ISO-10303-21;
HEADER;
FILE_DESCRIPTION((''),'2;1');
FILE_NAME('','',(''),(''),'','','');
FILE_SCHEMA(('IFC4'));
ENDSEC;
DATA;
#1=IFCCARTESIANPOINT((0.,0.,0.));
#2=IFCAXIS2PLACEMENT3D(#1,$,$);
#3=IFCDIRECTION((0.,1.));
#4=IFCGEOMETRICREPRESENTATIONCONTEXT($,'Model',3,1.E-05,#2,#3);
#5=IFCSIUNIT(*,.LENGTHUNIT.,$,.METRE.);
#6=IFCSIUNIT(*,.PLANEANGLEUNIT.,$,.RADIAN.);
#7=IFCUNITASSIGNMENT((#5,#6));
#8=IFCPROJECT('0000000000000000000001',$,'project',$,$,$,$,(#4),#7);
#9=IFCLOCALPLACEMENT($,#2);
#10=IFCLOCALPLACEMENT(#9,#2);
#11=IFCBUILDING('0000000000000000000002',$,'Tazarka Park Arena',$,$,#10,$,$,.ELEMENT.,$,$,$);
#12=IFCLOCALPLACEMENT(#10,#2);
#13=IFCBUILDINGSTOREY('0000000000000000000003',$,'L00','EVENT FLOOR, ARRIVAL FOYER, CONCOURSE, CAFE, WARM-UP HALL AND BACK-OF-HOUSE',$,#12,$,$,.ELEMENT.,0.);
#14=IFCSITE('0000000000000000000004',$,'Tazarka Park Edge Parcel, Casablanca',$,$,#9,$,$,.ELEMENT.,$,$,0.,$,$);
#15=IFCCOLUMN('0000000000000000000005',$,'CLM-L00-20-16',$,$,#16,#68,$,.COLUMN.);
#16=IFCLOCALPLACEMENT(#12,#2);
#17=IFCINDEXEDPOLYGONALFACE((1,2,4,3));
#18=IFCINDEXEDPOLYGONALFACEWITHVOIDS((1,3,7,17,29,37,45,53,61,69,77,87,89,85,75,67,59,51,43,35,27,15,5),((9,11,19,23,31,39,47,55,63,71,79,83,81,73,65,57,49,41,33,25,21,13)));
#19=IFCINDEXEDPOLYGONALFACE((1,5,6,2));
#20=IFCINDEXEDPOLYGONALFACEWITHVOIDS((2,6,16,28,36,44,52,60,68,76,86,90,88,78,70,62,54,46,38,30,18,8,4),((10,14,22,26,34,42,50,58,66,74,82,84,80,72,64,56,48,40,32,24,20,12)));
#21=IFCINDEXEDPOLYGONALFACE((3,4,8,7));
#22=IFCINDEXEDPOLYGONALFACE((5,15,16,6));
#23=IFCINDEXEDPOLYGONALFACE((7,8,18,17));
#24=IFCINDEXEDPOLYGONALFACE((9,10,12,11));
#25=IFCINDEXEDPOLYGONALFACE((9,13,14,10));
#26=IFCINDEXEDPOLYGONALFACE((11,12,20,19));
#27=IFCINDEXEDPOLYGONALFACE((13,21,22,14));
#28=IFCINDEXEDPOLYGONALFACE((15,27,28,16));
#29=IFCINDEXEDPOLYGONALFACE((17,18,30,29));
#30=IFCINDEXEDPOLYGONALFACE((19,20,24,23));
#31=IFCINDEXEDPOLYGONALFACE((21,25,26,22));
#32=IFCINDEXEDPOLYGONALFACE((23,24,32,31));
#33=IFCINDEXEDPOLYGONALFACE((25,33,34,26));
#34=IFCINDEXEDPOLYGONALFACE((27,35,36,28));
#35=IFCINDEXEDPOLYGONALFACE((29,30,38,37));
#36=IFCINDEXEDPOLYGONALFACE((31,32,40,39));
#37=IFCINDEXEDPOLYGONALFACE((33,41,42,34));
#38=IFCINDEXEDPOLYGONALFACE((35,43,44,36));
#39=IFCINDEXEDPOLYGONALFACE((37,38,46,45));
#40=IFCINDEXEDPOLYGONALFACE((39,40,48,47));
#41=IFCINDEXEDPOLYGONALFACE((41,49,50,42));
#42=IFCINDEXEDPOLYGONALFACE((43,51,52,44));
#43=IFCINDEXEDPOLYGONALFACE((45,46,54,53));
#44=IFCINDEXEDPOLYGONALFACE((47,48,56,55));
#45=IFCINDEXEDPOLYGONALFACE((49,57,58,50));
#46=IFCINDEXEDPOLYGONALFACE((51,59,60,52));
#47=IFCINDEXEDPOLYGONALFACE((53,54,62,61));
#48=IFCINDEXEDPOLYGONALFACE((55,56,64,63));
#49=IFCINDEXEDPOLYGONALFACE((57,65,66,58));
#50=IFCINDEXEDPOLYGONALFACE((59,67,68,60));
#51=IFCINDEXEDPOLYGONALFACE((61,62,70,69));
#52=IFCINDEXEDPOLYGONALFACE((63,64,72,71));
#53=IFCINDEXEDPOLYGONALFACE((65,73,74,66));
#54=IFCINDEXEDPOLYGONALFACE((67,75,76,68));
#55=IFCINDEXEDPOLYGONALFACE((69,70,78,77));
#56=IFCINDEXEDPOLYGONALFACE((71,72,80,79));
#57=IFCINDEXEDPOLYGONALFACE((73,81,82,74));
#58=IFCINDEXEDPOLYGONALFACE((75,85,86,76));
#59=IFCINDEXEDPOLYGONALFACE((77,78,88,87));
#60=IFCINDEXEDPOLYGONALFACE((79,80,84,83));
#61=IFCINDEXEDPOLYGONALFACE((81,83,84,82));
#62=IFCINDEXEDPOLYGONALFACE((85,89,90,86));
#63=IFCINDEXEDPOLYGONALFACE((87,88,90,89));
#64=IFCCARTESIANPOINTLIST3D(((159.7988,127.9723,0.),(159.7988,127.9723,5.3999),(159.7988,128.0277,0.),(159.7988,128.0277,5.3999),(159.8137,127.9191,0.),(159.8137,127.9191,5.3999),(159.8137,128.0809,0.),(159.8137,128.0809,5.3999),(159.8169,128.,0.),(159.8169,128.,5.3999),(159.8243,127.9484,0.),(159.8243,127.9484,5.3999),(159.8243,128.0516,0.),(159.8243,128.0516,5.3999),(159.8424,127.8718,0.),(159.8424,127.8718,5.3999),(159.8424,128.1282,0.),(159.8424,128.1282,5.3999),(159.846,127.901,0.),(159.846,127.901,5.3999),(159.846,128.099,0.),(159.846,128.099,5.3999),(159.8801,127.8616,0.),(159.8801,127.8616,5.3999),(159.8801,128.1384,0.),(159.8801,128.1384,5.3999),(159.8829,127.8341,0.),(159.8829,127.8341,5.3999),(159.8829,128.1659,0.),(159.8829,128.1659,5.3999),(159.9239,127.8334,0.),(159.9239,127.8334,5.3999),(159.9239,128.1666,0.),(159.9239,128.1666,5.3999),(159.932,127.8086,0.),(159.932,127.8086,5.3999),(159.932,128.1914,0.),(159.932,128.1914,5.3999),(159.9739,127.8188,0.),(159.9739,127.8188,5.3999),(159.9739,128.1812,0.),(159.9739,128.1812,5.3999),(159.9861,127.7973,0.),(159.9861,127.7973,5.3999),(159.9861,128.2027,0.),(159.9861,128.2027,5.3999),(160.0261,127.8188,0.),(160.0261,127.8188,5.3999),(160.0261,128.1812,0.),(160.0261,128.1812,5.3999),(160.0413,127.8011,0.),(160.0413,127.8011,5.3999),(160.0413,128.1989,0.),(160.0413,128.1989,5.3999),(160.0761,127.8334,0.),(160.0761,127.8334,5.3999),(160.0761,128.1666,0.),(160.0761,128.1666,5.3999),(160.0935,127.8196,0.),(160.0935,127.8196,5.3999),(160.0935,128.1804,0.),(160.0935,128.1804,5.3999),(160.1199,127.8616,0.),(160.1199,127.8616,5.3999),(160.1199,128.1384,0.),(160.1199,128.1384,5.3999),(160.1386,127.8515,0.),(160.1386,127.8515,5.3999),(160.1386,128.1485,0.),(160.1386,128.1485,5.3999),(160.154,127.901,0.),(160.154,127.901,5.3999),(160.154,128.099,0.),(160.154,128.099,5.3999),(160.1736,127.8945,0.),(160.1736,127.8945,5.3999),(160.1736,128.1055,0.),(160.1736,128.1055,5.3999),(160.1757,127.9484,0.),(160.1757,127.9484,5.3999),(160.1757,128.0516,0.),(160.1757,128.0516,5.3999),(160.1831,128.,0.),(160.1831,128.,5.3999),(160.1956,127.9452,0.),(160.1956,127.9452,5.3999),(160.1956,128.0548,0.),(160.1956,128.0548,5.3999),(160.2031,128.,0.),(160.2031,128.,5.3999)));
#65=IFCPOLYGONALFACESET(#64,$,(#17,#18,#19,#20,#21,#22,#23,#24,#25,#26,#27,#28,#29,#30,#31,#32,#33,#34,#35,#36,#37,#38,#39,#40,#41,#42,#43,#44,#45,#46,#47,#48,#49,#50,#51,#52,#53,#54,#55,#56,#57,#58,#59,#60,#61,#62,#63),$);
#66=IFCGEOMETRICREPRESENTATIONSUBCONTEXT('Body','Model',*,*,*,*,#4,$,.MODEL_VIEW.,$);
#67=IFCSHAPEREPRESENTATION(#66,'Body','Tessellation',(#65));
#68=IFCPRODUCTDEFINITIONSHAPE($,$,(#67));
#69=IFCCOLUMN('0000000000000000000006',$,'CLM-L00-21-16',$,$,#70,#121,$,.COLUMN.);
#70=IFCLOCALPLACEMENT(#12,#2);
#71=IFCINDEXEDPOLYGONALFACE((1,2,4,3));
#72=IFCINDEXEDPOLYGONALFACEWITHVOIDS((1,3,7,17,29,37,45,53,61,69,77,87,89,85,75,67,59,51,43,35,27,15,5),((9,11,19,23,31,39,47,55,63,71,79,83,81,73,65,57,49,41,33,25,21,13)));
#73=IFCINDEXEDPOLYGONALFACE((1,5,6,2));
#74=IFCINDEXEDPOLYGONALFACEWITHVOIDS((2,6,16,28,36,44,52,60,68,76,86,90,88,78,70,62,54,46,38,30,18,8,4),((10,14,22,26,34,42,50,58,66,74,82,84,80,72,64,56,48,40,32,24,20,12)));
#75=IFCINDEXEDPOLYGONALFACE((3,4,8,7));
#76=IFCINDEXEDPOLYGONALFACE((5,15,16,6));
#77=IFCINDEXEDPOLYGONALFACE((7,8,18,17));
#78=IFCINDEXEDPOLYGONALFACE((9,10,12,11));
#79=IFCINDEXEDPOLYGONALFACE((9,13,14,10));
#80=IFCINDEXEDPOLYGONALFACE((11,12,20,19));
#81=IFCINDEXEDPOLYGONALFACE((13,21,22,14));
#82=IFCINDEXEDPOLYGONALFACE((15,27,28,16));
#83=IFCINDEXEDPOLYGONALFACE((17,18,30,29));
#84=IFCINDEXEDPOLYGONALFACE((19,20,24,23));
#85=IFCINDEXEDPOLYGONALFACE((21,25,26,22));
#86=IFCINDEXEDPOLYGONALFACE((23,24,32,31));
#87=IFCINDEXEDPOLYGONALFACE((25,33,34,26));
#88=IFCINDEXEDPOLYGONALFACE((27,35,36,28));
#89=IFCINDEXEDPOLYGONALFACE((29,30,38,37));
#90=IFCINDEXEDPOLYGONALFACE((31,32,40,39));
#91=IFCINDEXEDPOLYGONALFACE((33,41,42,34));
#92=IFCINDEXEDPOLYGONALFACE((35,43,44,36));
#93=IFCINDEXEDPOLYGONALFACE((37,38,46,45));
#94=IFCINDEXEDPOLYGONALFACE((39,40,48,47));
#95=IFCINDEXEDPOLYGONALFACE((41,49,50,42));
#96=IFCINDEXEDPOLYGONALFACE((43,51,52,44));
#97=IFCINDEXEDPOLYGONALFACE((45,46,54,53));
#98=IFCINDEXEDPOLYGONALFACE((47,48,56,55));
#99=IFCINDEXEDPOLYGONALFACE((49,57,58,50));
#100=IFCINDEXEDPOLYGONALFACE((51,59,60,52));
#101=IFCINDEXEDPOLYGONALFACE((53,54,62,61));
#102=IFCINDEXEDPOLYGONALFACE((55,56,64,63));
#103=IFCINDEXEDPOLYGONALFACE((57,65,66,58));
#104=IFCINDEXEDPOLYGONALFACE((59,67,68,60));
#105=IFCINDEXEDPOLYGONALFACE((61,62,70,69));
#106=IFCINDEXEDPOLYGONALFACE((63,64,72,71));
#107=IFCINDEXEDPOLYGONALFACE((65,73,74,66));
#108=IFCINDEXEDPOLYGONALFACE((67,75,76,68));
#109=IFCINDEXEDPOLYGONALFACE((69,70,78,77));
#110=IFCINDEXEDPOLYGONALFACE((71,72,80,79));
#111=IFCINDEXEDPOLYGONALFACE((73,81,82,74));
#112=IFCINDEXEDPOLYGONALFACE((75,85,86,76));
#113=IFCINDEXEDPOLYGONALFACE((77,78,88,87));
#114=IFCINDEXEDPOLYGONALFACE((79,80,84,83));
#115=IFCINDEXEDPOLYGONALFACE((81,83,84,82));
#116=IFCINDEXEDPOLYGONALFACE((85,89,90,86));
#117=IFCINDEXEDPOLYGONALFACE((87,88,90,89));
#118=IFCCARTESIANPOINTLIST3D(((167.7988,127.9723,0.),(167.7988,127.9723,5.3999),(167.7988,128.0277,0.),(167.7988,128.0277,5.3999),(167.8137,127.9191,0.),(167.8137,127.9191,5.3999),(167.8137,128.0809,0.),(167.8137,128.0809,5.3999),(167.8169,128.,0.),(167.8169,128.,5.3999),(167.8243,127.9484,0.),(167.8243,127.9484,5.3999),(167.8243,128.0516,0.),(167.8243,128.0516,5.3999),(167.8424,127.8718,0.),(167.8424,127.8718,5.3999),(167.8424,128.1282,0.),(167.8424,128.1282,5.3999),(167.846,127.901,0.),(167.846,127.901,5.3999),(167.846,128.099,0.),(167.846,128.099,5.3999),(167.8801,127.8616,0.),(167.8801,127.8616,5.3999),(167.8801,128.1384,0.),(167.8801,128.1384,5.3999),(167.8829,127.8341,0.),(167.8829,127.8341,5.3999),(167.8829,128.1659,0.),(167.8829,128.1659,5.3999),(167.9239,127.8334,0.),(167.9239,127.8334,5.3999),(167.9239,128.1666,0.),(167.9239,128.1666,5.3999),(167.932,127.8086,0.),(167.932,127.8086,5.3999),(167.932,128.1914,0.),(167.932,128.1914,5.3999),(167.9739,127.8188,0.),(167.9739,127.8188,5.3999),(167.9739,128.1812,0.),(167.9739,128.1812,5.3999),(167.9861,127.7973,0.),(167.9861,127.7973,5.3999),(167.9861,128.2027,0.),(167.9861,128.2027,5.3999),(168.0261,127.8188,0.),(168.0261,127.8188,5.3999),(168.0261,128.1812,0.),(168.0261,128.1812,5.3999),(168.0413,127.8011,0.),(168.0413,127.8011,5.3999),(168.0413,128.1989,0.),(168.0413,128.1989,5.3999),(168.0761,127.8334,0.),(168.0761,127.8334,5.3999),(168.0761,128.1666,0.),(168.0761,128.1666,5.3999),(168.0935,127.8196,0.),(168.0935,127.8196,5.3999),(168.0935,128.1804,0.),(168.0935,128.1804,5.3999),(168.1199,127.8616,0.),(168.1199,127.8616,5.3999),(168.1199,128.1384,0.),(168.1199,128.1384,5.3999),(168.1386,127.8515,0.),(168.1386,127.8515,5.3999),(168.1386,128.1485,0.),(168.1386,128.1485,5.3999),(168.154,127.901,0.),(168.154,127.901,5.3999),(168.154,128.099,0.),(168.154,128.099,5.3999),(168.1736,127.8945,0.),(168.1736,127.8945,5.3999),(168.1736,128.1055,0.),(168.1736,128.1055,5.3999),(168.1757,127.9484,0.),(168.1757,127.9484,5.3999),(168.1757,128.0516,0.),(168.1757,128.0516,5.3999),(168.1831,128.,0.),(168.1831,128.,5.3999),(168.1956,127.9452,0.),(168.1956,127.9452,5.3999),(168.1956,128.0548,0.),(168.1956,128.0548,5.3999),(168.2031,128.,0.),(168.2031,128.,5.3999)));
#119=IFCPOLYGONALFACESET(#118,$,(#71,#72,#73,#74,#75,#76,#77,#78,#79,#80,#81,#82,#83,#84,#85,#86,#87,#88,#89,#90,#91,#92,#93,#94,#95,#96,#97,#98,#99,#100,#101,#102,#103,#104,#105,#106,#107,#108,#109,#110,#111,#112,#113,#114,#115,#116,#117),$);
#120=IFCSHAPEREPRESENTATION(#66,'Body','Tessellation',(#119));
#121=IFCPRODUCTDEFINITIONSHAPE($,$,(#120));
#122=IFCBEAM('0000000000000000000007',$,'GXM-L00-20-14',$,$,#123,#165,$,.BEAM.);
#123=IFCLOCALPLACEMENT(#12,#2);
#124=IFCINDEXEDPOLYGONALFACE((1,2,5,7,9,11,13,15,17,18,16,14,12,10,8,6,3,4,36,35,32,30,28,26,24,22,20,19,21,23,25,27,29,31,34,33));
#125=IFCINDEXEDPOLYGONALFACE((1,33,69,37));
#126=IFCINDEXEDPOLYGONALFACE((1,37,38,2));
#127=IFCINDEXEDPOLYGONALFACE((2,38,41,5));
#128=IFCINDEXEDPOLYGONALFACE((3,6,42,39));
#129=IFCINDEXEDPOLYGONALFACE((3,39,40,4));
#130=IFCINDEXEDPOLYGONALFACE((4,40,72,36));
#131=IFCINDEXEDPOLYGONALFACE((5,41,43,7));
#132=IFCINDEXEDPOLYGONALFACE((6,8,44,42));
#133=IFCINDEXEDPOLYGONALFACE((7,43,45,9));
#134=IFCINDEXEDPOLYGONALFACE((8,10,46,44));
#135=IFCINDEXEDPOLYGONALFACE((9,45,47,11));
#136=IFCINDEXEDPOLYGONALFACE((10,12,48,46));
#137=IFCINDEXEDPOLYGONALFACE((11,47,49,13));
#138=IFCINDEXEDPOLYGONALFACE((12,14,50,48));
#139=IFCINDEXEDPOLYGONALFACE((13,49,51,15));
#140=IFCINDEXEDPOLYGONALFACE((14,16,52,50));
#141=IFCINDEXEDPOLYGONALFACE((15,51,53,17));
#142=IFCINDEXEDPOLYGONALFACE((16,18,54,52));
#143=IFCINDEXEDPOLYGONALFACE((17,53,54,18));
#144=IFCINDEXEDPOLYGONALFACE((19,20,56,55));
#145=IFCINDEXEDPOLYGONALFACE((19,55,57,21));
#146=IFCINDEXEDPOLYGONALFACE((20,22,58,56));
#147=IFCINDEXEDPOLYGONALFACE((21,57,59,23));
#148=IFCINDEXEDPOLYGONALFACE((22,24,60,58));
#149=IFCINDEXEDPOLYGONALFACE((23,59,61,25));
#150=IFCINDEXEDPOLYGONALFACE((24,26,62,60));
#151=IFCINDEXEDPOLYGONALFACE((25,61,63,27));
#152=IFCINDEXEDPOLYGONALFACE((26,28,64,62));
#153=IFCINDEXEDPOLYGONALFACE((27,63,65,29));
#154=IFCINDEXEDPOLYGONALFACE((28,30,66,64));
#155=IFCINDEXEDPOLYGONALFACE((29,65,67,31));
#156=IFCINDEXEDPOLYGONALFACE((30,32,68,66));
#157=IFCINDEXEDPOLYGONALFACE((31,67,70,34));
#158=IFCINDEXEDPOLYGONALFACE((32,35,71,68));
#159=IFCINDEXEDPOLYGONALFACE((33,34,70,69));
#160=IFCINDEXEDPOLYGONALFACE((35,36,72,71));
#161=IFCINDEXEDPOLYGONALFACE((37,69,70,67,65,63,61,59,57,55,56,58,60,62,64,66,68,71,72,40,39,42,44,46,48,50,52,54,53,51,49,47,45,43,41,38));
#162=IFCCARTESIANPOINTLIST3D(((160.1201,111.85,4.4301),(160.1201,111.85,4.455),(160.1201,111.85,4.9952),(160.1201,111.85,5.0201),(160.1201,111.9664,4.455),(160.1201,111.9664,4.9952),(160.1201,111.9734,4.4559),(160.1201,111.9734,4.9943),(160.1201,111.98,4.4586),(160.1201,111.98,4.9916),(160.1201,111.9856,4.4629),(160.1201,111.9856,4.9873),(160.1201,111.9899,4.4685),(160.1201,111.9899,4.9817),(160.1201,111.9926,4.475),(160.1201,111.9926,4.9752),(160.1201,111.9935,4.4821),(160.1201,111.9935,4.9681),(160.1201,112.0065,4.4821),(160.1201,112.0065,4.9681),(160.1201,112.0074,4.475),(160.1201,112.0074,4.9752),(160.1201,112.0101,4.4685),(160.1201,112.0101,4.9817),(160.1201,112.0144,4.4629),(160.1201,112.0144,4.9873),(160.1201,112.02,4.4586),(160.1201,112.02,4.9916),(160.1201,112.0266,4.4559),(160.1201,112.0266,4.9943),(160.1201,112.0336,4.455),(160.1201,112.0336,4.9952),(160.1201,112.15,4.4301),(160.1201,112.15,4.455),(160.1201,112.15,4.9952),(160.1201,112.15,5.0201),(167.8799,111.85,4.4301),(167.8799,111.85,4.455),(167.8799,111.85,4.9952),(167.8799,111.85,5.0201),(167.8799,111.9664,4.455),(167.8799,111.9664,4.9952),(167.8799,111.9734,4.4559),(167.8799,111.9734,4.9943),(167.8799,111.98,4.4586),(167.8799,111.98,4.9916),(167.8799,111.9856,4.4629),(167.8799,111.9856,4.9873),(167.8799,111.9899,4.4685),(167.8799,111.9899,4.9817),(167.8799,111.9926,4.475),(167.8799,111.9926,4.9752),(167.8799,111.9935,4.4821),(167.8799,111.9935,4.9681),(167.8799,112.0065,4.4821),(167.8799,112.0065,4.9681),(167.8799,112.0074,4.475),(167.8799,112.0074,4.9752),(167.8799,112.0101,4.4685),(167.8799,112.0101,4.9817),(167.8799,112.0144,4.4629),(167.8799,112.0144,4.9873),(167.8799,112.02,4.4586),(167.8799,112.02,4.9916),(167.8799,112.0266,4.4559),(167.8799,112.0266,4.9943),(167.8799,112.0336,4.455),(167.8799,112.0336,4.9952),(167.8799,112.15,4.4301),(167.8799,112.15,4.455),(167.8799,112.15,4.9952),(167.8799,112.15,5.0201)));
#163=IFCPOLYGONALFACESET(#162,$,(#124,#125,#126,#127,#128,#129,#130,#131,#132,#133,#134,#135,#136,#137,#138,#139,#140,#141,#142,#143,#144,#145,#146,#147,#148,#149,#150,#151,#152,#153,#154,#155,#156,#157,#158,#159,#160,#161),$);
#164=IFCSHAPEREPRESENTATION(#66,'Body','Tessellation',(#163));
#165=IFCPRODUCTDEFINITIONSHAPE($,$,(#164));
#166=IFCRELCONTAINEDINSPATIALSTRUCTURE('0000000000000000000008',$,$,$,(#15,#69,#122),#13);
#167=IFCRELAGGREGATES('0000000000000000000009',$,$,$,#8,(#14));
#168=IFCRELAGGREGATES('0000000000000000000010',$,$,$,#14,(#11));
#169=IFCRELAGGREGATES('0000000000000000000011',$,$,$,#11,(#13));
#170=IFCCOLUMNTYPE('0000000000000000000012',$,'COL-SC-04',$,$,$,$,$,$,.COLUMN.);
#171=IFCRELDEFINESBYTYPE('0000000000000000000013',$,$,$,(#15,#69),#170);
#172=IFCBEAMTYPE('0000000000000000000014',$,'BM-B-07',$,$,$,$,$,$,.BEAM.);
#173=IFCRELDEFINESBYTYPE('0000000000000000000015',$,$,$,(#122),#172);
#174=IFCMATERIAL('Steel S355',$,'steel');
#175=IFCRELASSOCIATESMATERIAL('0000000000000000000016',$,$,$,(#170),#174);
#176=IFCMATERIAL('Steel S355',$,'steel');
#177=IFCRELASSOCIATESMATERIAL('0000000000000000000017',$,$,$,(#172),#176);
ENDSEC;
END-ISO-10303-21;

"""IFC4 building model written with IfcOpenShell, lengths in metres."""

from ifc_helpers import new_model, si_unit, direction, frame, origin, origin_2d, place, context, subcontext, project, spatial, hollow_circle, i_section, extrude, material, material_profile, profile_set, type_object, element, save


model = new_model("IFC4")

# Units and contexts
model_context = context("Model", 3, precision=1e-05, world=origin(), true_north=direction((0.0, 1.0)))
body_context = subcontext(model_context, "Body", "Model", "MODEL_VIEW")
ifc_project = project(units=[si_unit("LENGTHUNIT", "METRE"), si_unit("PLANEANGLEUNIT", "RADIAN")], contexts=[model_context])

# Site, building, storey
site_placement = place(None, origin())
site = spatial("IfcSite", under=ifc_project, at=site_placement, Name="Tazarka Park Edge Parcel, Casablanca", CompositionType="ELEMENT", RefElevation=0.0)
building_placement = place(site_placement, origin())
building = spatial("IfcBuilding", under=site, at=building_placement, Name="Tazarka Park Arena", CompositionType="ELEMENT")
storey_placement = place(building_placement, origin())
storey = spatial("IfcBuildingStorey", under=building, at=storey_placement, Name="L00", Description="EVENT FLOOR, ARRIVAL FOYER, CONCOURSE, CAFE, WARM-UP HALL AND BACK-OF-HOUSE", CompositionType="ELEMENT", Elevation=0.0)

# Columns
ifc_material_1 = material(Name="Steel S355", Category="steel")
ifc_material_profile_1 = material_profile(ifc_material_1, hollow_circle(Radius=0.2031, WallThickness=0.02, at=origin_2d()), Name="Steel S355")
ifc_profile_set_1 = profile_set([ifc_material_profile_1], Name="Steel S355")
column_type_1 = type_object("IfcColumnType", Name="COL-SC-04", PredefinedType="COLUMN", material=ifc_profile_set_1)
for number, where, z_axis, x_axis, name in (
    (1, (160.0, 128.0, 0.0), (0.0, 0.0, 1.0), (1.0, 0.0, 0.0), "CLM-L00-20-16"),
    (2, (168.0, 128.0, 0.0), (0.0, 0.0, 1.0), (1.0, 0.0, 0.0), "CLM-L00-21-16"),
):
    element("IfcColumn", number, at=place(storey_placement, frame(where, z_axis=z_axis, x_axis=x_axis)), inside=storey, type_object=column_type_1, Name=name, PredefinedType="COLUMN", context=body_context, shape_type="SweptSolid", body=[
        extrude(hollow_circle(Radius=0.2031, WallThickness=0.02, at=origin_2d()), origin(), (0.0, 0.0, 1.0), 5.3999),
    ])

# Beam
ifc_material_2 = material(Name="Steel S355", Category="steel")
ifc_material_profile_2 = material_profile(ifc_material_2, i_section(OverallWidth=0.3, OverallDepth=0.5901, WebThickness=0.0129, FlangeThickness=0.0249, FilletRadius=0.0271, at=origin_2d()), Name="Steel S355")
ifc_profile_set_2 = profile_set([ifc_material_profile_2], Name="Steel S355")
beam_type_1 = type_object("IfcBeamType", Name="BM-B-07", PredefinedType="BEAM", material=ifc_profile_set_2)
for number, where, z_axis, x_axis, name in (
    (3, (160.1201, 112.0, 4.7251), (1.0, 0.0, 0.0), (0.0, 1.0, 0.0), "GXM-L00-20-14"),
):
    element("IfcBeam", number, at=place(storey_placement, frame(where, z_axis=z_axis, x_axis=x_axis)), inside=storey, type_object=beam_type_1, Name=name, PredefinedType="BEAM", context=body_context, shape_type="SweptSolid", body=[
        extrude(i_section(OverallWidth=0.3, OverallDepth=0.5901, WebThickness=0.0129, FlangeThickness=0.0249, FilletRadius=0.0271, at=origin_2d()), origin(), (0.0, 0.0, 1.0), 7.7598),
    ])

save(model, "model.ifc")
